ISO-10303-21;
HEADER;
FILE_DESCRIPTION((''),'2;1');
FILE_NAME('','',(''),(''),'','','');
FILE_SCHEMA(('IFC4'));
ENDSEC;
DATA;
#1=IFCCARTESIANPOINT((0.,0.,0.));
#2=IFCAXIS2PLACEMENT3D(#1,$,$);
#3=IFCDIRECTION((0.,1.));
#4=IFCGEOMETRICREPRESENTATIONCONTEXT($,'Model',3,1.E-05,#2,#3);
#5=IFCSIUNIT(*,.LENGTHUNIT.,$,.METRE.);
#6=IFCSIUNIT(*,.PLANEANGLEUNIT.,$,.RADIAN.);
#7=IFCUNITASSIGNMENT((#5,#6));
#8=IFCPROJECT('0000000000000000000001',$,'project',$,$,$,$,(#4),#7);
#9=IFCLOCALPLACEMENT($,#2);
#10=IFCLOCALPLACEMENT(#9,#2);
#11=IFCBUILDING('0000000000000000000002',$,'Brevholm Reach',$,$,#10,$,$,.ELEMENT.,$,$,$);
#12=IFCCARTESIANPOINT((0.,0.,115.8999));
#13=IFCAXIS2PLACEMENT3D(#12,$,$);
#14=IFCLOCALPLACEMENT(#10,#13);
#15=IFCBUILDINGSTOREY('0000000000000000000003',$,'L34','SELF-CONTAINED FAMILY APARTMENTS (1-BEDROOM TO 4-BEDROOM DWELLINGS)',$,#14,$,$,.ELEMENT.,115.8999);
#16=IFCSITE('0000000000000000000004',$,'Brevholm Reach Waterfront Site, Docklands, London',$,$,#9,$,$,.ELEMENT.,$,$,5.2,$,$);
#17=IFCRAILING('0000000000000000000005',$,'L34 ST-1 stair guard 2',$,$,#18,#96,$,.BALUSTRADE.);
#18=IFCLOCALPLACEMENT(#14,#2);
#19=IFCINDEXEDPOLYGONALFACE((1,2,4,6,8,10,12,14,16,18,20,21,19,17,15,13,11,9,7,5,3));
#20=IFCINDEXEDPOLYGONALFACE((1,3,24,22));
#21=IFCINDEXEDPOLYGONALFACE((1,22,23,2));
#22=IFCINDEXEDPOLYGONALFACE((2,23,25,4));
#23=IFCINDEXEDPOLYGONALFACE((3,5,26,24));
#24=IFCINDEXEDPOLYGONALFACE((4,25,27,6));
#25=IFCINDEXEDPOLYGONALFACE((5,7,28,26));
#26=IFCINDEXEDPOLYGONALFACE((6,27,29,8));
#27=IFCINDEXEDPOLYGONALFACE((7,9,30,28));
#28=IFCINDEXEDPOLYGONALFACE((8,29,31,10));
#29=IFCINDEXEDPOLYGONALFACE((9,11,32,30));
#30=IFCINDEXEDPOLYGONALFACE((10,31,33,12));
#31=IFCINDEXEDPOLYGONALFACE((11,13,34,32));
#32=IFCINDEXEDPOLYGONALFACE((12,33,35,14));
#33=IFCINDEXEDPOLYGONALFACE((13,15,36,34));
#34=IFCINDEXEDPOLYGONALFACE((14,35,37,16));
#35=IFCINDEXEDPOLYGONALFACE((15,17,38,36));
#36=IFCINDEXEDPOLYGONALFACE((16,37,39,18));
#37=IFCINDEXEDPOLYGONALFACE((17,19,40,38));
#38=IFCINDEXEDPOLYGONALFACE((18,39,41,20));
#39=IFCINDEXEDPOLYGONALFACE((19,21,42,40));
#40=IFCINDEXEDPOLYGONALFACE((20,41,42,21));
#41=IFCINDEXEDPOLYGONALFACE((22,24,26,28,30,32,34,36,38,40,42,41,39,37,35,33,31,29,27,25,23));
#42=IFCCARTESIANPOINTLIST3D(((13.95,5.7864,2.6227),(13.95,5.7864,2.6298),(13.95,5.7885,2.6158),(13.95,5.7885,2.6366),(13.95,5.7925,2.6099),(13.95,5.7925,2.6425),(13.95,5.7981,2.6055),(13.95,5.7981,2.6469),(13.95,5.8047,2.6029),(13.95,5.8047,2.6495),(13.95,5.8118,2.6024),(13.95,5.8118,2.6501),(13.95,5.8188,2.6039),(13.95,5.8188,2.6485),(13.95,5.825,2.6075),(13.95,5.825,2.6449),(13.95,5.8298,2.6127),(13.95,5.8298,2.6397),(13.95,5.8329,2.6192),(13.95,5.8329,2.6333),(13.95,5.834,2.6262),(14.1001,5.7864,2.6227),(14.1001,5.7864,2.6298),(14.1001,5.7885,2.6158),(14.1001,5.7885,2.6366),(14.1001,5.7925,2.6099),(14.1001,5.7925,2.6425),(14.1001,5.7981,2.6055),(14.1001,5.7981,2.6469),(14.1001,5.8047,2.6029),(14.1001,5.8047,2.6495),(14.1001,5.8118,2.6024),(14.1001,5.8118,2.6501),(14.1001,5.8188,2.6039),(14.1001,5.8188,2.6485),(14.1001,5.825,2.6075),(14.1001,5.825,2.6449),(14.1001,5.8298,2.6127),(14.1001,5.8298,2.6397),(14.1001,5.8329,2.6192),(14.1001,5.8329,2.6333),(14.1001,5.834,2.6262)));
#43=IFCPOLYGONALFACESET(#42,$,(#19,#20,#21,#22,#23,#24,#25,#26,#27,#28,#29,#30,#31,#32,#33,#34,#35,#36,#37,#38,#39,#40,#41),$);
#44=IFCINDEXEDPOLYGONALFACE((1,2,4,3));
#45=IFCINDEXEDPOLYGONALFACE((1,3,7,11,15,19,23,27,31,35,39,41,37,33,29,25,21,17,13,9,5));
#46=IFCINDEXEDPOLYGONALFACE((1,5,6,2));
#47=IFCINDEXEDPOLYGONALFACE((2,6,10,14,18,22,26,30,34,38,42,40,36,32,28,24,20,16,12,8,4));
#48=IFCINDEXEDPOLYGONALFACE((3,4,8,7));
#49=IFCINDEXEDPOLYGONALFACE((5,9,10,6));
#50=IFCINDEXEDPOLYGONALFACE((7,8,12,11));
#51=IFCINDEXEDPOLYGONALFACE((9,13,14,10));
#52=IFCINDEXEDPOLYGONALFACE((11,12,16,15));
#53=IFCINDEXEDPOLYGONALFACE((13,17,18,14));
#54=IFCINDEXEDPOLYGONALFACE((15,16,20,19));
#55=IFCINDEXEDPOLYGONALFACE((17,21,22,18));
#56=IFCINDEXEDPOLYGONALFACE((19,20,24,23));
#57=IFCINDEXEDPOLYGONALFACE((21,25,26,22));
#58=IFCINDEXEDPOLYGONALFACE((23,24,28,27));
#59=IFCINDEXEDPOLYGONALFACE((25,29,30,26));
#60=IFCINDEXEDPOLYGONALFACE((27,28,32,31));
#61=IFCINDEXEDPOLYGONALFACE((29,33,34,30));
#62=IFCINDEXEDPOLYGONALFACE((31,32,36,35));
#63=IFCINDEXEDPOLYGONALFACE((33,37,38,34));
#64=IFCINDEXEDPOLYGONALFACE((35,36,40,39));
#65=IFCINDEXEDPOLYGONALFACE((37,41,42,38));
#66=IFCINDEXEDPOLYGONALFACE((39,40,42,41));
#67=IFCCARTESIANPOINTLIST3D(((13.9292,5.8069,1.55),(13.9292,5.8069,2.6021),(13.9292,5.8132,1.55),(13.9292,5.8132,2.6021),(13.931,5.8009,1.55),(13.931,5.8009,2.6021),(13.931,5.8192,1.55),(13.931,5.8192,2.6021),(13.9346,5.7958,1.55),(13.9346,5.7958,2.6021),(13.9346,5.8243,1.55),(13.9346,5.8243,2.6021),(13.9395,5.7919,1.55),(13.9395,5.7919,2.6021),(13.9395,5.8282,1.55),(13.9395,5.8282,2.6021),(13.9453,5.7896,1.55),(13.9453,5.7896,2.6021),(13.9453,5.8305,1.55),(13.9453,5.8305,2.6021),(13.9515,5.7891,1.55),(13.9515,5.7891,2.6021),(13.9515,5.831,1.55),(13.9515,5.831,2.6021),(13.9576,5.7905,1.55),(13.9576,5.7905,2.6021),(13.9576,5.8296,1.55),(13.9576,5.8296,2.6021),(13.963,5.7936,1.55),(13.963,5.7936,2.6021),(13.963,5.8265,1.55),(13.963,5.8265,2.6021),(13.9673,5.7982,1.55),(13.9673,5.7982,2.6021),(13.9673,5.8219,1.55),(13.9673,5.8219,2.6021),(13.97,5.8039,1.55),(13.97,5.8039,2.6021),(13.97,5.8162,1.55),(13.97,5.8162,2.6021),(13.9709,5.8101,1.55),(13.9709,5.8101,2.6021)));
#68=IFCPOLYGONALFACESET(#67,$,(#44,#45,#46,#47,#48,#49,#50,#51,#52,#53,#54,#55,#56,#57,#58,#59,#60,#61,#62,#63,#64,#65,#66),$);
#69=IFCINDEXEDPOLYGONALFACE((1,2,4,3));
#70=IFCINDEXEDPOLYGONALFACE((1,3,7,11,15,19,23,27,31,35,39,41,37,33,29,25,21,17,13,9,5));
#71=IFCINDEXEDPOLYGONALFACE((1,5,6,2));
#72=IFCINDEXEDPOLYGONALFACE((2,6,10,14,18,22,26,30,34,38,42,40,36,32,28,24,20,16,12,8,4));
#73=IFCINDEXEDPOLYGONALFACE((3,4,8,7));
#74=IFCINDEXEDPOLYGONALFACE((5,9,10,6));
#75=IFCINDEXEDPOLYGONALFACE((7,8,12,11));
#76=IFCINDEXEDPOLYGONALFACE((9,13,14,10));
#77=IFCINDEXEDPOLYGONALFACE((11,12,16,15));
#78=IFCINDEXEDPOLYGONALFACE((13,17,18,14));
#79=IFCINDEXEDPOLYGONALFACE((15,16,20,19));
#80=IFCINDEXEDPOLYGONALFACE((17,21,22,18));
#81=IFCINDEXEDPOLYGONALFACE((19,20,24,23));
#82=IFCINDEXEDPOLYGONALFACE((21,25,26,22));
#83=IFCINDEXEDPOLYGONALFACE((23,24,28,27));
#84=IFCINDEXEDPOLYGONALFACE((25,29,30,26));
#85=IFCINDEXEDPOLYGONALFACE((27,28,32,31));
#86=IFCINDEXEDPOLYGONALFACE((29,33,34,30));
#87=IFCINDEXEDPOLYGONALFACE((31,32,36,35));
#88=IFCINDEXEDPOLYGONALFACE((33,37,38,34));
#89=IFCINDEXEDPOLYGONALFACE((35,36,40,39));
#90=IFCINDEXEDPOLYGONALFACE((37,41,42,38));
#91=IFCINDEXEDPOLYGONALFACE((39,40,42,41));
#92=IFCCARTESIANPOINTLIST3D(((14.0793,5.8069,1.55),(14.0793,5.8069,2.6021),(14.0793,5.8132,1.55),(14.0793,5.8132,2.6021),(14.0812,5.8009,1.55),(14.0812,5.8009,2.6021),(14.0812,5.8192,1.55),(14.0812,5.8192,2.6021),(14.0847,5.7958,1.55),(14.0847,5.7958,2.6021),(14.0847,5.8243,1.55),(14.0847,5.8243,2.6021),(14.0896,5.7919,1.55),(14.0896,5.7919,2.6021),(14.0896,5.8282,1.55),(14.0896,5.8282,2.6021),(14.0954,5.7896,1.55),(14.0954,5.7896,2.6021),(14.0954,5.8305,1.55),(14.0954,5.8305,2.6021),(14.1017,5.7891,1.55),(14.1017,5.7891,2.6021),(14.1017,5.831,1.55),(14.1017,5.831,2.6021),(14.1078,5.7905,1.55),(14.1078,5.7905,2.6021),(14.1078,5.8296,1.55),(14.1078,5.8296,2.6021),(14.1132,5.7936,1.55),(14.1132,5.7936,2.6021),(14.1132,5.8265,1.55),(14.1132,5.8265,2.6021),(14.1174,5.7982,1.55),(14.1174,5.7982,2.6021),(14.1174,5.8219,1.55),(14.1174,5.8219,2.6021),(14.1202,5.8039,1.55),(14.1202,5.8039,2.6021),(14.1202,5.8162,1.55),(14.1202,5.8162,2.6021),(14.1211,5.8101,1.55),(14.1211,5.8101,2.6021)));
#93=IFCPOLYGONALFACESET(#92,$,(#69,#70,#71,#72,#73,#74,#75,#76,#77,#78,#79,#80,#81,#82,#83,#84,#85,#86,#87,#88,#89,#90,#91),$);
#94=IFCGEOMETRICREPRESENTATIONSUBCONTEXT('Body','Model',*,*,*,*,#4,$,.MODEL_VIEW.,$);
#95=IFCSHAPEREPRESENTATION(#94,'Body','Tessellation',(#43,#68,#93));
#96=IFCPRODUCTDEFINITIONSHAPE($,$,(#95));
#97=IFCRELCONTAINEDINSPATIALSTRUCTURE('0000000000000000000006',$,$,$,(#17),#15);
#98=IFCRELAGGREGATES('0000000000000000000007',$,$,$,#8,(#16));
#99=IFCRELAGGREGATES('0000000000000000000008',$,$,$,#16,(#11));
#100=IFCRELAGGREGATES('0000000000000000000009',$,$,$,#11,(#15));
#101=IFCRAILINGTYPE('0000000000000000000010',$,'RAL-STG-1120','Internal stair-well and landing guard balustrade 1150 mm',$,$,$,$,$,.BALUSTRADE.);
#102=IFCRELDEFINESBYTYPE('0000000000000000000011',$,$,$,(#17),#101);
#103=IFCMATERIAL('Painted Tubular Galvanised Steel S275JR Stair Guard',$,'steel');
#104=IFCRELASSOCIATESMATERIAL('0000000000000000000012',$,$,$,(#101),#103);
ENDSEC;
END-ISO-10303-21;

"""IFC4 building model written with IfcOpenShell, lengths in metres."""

from ifc_helpers import new_model, si_unit, direction, frame, origin, origin_2d, place, context, subcontext, project, spatial, circle, extrude, material, type_object, element, save


model = new_model("IFC4")

# Units and contexts
model_context = context("Model", 3, precision=1e-05, world=origin(), true_north=direction((0.0, 1.0)))
body_context = subcontext(model_context, "Body", "Model", "MODEL_VIEW")
ifc_project = project(units=[si_unit("LENGTHUNIT", "METRE"), si_unit("PLANEANGLEUNIT", "RADIAN")], contexts=[model_context])

# Site, building, storey
site_placement = place(None, origin())
site = spatial("IfcSite", under=ifc_project, at=site_placement, Name="Brevholm Reach Waterfront Site, Docklands, London", CompositionType="ELEMENT", RefElevation=5.2)
building_placement = place(site_placement, origin())
building = spatial("IfcBuilding", under=site, at=building_placement, Name="Brevholm Reach", CompositionType="ELEMENT")
storey_placement = place(building_placement, frame((0.0, 0.0, 115.8999)))
storey = spatial("IfcBuildingStorey", under=building, at=storey_placement, Name="L34", Description="SELF-CONTAINED FAMILY APARTMENTS (1-BEDROOM TO 4-BEDROOM DWELLINGS)", CompositionType="ELEMENT", Elevation=115.8999)

# Railing
ifc_material_1 = material(Name="Painted Tubular Galvanised Steel S275JR Stair Guard", Category="steel")
railing_type_1 = type_object("IfcRailingType", Name="RAL-STG-1120", Description="Internal stair-well and landing guard balustrade 1150 mm", PredefinedType="BALUSTRADE", material=ifc_material_1)
railing_1_placement = place(storey_placement, frame((13.95, 5.8101, 1.55)))
element("IfcRailing", 1, at=railing_1_placement, inside=storey, type_object=railing_type_1, Name="L34 ST-1 stair guard 2", PredefinedType="BALUSTRADE", context=body_context, shape_type="SweptSolid", body=[
    extrude(circle(Radius=0.0239, at=origin_2d()), frame((0.0, 0.0, 1.0762), z_axis=(1.0, 0.0, 0.0), x_axis=(0.0, 1.0, 0.0)), (0.0, 0.0, 1.0), 0.1501),
    extrude(circle(Radius=0.021, at=origin_2d()), origin(), (0.0, 0.0, 1.0), 1.052),
    extrude(circle(Radius=0.021, at=origin_2d()), frame((0.1501, 0.0, 0.0)), (0.0, 0.0, 1.0), 1.052),
])

save(model, "model.ifc")
